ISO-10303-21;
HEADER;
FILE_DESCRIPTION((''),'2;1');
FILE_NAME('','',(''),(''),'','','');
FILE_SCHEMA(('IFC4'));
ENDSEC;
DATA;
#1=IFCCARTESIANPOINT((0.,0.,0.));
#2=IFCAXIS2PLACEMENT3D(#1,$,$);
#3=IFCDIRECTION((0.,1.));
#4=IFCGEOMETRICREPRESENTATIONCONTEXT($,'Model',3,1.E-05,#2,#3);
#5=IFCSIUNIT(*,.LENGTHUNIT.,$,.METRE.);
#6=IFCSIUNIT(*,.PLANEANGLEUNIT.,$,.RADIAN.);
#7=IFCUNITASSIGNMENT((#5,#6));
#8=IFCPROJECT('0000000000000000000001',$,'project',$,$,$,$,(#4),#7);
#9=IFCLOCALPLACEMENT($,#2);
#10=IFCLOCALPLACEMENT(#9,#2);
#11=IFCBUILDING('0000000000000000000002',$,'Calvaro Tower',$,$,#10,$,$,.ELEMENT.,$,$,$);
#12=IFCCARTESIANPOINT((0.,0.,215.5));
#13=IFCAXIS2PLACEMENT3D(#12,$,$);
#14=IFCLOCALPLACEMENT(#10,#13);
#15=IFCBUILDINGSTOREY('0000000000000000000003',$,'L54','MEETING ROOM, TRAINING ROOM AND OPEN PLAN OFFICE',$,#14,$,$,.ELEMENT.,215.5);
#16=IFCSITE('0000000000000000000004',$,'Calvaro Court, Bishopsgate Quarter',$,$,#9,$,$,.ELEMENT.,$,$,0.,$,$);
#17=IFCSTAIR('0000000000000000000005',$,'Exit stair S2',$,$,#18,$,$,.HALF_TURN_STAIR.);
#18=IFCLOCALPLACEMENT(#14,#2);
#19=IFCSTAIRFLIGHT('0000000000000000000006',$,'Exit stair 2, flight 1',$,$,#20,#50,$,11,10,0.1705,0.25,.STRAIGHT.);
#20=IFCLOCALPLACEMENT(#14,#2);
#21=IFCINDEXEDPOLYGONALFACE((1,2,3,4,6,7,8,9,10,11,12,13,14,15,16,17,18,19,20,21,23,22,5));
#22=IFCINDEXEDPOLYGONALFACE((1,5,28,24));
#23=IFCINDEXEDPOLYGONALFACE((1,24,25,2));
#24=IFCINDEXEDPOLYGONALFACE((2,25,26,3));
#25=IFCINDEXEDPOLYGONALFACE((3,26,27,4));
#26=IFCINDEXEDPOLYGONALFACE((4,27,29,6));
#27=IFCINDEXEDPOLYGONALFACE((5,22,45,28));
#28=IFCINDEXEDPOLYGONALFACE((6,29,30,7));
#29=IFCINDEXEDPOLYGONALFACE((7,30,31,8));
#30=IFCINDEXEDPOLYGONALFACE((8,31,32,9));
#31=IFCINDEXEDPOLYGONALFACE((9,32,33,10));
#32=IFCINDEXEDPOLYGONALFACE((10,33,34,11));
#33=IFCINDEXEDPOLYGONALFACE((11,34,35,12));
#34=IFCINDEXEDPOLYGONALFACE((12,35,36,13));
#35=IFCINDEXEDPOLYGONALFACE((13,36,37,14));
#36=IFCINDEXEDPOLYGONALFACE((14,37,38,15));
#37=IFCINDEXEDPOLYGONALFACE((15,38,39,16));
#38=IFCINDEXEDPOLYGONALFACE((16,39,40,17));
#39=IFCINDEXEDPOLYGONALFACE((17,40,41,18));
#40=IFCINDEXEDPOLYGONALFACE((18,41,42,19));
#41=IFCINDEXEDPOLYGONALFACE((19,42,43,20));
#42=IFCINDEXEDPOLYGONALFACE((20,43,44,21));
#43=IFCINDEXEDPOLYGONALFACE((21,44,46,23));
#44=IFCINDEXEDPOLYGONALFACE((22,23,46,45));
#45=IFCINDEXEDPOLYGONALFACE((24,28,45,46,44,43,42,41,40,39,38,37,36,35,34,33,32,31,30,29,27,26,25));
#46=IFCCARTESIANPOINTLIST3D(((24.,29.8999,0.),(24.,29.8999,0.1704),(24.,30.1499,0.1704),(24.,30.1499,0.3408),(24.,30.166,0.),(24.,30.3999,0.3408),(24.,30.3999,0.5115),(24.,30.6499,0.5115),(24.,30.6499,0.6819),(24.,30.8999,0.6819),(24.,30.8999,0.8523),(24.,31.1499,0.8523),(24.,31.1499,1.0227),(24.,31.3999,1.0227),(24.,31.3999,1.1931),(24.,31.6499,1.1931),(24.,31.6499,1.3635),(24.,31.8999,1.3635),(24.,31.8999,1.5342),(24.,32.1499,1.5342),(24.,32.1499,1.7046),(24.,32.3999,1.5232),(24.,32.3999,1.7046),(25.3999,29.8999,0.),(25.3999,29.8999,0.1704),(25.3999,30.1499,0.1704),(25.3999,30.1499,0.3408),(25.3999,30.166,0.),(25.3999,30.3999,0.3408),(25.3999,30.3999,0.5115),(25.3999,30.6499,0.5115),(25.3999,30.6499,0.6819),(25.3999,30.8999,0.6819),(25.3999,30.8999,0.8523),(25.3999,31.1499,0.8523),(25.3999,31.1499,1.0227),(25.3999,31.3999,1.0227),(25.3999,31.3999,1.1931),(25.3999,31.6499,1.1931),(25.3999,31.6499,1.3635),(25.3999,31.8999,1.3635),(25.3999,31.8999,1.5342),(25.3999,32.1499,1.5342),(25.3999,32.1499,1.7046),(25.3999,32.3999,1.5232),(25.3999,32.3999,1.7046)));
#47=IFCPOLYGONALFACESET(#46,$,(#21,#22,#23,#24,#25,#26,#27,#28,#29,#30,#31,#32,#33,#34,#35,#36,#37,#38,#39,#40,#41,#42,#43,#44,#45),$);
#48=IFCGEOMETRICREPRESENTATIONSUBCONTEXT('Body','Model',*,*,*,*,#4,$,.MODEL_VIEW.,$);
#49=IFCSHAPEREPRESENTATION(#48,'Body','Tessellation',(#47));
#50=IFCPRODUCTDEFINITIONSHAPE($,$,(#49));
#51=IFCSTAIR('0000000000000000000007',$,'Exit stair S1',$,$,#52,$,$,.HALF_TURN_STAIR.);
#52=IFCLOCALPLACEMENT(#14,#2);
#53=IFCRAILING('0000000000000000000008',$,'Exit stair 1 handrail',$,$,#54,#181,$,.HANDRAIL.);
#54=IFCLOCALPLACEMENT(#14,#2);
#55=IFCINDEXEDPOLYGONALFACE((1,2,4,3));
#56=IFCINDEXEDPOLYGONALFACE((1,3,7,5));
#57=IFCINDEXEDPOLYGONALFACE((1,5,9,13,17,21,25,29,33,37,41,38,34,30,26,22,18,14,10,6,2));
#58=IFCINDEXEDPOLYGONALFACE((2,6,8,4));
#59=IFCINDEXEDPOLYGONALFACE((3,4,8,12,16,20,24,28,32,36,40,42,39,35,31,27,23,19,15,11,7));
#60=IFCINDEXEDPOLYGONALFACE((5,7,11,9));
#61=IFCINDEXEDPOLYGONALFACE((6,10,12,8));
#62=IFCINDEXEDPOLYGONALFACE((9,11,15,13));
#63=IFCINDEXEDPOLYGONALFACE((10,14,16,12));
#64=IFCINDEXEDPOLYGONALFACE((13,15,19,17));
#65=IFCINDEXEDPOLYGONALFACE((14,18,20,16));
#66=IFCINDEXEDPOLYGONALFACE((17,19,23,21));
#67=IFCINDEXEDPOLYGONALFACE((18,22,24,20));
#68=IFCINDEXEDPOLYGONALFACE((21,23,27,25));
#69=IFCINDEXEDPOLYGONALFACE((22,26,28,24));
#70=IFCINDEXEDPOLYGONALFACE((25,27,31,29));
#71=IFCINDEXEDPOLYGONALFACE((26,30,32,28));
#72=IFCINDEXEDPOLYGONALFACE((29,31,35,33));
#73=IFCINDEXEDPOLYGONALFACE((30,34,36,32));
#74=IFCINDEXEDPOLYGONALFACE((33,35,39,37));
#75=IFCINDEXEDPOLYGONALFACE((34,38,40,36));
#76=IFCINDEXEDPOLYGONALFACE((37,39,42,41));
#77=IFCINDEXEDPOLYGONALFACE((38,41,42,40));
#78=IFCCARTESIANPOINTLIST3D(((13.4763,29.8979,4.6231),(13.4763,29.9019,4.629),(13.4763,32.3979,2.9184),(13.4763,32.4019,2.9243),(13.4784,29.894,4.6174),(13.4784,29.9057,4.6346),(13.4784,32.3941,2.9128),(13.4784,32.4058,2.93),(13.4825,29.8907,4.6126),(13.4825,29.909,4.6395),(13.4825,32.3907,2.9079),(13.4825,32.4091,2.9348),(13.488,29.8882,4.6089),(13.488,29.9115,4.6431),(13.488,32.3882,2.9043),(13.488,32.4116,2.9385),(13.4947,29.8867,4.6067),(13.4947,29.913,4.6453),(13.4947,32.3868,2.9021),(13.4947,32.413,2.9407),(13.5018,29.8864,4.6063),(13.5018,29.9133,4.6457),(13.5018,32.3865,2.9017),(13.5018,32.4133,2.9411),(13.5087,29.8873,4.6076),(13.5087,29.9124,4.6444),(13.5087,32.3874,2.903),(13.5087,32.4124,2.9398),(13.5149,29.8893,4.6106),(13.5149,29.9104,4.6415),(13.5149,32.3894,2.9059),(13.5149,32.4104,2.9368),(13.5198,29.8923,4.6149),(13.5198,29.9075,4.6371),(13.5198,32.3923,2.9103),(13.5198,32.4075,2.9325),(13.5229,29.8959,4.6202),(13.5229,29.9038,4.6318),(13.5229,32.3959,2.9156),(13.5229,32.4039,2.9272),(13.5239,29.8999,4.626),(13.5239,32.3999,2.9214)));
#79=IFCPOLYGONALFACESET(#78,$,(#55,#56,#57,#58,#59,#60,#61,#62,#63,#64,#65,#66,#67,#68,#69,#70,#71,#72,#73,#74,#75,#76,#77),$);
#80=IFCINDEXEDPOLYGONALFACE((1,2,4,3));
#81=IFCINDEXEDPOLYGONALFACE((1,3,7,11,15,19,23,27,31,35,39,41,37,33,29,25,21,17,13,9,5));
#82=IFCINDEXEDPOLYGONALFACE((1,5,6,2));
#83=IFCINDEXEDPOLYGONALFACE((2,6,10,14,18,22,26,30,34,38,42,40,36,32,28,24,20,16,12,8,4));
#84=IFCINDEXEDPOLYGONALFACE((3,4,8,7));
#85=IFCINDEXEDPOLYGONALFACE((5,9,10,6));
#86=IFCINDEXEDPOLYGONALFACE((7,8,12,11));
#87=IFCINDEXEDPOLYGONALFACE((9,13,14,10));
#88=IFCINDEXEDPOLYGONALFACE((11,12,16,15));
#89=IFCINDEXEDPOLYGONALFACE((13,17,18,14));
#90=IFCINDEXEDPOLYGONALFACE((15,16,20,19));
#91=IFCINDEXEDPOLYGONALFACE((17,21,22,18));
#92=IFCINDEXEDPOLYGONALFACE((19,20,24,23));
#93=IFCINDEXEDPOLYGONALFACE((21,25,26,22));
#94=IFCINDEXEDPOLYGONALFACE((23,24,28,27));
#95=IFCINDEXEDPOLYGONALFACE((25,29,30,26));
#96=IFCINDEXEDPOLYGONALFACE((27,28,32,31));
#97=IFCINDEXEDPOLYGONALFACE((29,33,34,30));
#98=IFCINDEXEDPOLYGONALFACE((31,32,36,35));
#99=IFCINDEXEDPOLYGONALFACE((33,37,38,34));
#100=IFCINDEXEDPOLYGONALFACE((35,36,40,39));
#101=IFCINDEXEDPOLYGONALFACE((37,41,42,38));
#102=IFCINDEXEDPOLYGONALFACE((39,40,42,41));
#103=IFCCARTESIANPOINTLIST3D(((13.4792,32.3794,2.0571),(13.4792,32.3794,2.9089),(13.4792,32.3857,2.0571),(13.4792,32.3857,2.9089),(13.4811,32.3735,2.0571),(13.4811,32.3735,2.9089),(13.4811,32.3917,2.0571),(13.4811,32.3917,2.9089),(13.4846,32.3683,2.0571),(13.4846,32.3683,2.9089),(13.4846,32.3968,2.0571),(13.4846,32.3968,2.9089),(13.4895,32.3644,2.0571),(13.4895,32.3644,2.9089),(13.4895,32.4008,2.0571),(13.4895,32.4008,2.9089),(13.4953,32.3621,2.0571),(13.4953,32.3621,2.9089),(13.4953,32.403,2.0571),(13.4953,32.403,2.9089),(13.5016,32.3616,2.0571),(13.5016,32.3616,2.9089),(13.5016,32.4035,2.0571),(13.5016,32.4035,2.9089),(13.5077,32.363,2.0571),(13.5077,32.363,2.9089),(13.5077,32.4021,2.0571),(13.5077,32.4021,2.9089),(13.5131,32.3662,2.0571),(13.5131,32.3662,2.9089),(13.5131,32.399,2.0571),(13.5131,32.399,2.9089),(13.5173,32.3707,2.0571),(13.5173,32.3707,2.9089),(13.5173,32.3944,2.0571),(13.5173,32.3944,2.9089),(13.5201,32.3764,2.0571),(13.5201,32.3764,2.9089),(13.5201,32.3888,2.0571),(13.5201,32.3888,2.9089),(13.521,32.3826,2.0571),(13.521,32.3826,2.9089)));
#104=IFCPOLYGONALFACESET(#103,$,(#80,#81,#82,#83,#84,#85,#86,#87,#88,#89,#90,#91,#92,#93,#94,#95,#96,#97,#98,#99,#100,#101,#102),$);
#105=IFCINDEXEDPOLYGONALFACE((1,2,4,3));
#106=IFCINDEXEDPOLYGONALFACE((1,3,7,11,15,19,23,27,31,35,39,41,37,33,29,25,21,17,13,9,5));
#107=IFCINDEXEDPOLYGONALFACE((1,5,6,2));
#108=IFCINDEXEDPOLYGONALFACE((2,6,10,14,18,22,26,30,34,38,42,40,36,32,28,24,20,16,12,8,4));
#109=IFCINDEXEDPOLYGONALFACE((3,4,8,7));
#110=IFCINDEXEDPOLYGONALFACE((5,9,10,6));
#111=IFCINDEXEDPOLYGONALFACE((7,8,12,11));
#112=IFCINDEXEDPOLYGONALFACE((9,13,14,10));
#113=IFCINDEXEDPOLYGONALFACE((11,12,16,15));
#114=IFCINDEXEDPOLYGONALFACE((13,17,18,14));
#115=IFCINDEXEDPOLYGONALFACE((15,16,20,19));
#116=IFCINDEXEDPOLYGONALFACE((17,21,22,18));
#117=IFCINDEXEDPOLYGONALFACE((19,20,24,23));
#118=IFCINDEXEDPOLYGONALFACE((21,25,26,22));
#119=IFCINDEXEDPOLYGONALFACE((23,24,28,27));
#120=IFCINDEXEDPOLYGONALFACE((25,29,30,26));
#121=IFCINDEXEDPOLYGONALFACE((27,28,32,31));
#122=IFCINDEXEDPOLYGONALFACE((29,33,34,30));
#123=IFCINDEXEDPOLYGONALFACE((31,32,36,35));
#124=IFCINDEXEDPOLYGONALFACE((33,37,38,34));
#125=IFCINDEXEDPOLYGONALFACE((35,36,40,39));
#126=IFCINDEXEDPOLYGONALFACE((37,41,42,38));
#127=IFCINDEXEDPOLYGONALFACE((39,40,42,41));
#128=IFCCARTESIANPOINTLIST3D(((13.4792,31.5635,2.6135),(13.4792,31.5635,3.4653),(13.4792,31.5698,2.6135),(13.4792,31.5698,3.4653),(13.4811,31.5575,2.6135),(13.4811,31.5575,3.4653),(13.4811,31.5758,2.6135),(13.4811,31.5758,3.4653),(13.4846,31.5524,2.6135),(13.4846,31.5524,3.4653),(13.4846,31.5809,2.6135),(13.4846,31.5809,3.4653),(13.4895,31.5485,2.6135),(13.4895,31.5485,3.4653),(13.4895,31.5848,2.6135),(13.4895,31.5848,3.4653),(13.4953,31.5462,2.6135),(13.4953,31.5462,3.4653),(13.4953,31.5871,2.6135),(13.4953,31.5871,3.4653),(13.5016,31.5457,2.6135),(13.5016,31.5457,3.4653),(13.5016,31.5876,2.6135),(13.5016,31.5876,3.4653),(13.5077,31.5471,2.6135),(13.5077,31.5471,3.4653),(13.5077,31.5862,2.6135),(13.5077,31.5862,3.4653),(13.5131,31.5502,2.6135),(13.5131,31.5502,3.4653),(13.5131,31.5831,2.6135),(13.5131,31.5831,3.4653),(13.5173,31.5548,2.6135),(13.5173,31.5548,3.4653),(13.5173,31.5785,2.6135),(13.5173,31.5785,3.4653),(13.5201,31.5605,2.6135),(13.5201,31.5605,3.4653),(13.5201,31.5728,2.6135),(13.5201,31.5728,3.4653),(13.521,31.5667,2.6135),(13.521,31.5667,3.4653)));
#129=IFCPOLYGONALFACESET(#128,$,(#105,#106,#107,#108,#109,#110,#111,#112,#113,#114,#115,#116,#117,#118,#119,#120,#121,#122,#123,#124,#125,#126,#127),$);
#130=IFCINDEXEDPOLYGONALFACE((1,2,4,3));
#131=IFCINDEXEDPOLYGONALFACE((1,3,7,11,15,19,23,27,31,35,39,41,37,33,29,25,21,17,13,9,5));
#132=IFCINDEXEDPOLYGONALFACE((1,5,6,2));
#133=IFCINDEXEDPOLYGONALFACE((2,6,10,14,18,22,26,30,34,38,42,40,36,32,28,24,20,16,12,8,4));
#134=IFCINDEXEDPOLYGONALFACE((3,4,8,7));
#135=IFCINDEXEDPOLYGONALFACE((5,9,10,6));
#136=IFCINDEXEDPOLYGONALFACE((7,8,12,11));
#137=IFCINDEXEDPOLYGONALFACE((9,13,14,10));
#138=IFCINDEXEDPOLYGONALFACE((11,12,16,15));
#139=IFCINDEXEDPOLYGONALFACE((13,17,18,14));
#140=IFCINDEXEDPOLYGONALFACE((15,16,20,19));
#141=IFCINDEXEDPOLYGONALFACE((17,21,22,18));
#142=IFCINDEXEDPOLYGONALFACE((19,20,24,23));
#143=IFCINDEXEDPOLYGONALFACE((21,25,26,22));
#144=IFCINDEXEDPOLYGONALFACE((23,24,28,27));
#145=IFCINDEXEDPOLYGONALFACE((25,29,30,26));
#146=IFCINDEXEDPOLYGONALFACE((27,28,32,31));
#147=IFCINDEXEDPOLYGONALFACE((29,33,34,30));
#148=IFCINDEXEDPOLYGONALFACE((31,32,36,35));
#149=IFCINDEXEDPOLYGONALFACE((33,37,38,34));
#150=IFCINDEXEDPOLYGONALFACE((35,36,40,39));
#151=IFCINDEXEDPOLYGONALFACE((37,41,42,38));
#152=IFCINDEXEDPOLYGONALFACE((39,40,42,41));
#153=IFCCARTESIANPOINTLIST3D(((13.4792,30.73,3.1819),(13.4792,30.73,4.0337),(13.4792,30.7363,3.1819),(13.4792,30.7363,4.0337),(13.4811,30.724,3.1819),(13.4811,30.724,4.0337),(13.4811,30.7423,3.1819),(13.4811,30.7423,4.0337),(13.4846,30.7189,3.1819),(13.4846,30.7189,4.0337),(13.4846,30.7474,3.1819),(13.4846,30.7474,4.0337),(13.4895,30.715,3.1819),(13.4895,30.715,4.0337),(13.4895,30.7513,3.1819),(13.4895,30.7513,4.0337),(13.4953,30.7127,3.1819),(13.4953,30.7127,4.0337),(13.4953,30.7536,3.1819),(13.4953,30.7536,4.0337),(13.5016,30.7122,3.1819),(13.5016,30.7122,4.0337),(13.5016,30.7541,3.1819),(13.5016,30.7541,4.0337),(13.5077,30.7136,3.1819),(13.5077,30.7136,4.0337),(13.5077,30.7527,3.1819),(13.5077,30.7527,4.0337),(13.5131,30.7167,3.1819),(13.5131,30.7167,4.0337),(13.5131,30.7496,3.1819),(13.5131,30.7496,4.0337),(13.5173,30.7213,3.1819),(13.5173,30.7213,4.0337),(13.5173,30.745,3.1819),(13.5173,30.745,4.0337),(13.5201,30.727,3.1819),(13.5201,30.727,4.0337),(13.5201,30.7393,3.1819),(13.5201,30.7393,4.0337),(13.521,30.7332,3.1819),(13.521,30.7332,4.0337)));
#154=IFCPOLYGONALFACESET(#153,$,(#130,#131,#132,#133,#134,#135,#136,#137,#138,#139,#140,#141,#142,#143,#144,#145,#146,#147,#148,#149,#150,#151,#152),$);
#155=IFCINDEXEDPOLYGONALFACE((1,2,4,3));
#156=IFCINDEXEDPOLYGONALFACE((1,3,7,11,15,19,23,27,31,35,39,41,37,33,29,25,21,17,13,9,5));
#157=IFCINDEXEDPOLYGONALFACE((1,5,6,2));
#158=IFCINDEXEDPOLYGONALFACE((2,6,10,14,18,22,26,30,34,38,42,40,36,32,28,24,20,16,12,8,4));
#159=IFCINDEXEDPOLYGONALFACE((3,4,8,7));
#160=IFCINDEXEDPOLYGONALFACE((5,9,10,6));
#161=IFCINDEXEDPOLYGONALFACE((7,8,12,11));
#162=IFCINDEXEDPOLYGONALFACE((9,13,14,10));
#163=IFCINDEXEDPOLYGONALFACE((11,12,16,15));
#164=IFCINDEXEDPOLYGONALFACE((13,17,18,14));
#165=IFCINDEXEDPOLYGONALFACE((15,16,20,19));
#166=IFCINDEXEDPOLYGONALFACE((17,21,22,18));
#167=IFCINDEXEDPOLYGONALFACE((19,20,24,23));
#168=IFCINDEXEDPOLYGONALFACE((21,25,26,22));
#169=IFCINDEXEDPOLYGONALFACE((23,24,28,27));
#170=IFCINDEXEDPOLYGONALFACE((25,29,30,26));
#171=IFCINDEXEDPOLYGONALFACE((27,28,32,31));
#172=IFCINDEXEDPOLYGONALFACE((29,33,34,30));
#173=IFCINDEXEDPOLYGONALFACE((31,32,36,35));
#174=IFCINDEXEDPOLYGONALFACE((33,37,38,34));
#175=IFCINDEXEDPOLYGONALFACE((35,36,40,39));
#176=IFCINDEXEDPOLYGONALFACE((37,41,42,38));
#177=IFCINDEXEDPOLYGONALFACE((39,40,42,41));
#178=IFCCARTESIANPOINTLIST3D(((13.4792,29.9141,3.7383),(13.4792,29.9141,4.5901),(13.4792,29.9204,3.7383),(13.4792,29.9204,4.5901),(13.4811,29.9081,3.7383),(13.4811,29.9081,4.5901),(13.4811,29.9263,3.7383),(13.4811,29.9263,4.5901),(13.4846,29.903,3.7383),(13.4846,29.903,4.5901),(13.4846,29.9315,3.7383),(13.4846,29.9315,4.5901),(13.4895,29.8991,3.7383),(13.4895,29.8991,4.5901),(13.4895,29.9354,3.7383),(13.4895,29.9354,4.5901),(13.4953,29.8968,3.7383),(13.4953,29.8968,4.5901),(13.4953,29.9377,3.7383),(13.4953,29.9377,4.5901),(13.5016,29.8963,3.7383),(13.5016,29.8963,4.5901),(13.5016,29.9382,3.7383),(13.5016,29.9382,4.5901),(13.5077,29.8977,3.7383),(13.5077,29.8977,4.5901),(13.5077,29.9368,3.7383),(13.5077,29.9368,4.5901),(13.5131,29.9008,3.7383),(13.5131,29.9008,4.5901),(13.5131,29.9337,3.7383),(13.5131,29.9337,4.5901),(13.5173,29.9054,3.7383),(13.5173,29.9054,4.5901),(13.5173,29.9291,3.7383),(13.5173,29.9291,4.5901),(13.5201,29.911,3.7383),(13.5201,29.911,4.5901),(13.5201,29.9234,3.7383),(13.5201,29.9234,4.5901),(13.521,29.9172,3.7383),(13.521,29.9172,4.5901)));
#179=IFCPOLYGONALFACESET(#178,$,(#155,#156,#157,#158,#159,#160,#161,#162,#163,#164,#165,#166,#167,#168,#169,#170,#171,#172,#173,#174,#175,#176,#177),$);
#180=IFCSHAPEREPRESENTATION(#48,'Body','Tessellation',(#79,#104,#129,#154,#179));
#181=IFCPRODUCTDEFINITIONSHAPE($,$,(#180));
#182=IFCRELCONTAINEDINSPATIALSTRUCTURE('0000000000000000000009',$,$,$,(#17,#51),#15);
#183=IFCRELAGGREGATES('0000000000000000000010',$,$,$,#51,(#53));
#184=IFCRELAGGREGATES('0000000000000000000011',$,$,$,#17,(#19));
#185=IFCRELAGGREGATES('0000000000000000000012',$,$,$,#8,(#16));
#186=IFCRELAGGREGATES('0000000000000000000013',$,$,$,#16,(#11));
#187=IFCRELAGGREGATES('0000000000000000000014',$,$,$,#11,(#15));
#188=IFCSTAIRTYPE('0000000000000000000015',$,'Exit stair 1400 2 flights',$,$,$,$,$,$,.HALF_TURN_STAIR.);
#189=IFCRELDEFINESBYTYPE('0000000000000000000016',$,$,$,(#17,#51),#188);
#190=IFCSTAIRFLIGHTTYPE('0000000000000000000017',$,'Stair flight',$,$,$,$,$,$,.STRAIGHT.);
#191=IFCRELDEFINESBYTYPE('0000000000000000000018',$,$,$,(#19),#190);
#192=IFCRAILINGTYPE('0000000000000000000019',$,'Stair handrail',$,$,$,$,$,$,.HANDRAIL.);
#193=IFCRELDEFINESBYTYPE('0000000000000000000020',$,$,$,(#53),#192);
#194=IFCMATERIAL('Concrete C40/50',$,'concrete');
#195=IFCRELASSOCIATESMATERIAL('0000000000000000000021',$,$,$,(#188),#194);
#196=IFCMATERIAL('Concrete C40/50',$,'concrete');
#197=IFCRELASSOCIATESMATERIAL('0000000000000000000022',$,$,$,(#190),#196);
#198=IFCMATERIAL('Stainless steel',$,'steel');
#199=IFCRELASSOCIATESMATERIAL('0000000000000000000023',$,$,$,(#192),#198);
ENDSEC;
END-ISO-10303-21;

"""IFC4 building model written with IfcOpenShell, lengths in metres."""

from ifc_helpers import new_model, si_unit, direction, frame, origin, origin_2d, place, context, subcontext, project, spatial, polyline, circle, outline, extrude, material, type_object, element, aggregate, save


model = new_model("IFC4")

# Units and contexts
model_context = context("Model", 3, precision=1e-05, world=origin(), true_north=direction((0.0, 1.0)))
body_context = subcontext(model_context, "Body", "Model", "MODEL_VIEW")
ifc_project = project(units=[si_unit("LENGTHUNIT", "METRE"), si_unit("PLANEANGLEUNIT", "RADIAN")], contexts=[model_context])

# Site, building, storey
site_placement = place(None, origin())
site = spatial("IfcSite", under=ifc_project, at=site_placement, Name="Calvaro Court, Bishopsgate Quarter", CompositionType="ELEMENT", RefElevation=0.0)
building_placement = place(site_placement, origin())
building = spatial("IfcBuilding", under=site, at=building_placement, Name="Calvaro Tower", CompositionType="ELEMENT")
storey_placement = place(building_placement, frame((0.0, 0.0, 215.5)))
storey = spatial("IfcBuildingStorey", under=building, at=storey_placement, Name="L54", Description="MEETING ROOM, TRAINING ROOM AND OPEN PLAN OFFICE", CompositionType="ELEMENT", Elevation=215.5)

# Stair, stair flight
ifc_material_1 = material(Name="Concrete C40/50", Category="concrete")
stair_type = type_object("IfcStairType", Name="Exit stair 1400 2 flights", PredefinedType="HALF_TURN_STAIR", material=ifc_material_1)
stair_1_placement = place(storey_placement, origin())
stair_1 = element("IfcStair", 1, at=stair_1_placement, inside=storey, type_object=stair_type, Name="Exit stair S2", PredefinedType="HALF_TURN_STAIR")
ifc_material_2 = material(Name="Concrete C40/50", Category="concrete")
stair_flight_type = type_object("IfcStairFlightType", Name="Stair flight", PredefinedType="STRAIGHT", material=ifc_material_2)
stair_flight_placement = place(storey_placement, frame((24.7, 29.8999, 0.0), z_axis=(0.0, 0.0, 1.0), x_axis=(0.0, 1.0, 0.0)))
stair_flight = element("IfcStairFlight", 2, at=stair_flight_placement, type_object=stair_flight_type, Name="Exit stair 2, flight 1", NumberOfRisers=11, NumberOfTreads=10, PredefinedType="STRAIGHT", RiserHeight=0.1705, TreadLength=0.25, context=body_context, shape_type="SweptSolid", body=[
    extrude(outline(polyline([(0.0, 0.0), (0.0, 0.1704), (0.25, 0.1704), (0.25, 0.3408), (0.5, 0.3408), (0.5, 0.5115), (0.75, 0.5115), (0.75, 0.6819), (1.0, 0.6819), (1.0, 0.8523), (1.25, 0.8523), (1.25, 1.0227), (1.5, 1.0227), (1.5, 1.1931), (1.75, 1.1931), (1.75, 1.3635), (2.0, 1.3635), (2.0, 1.5342), (2.25, 1.5342), (2.25, 1.7046), (2.5, 1.7046), (2.5, 1.875), (2.5, 1.5232), (0.2661, 0.0), (0.0, 0.0)])), frame((0.0, 0.7, 0.0), z_axis=(0.0, -1.0, 0.0), x_axis=(1.0, 0.0, 0.0)), (0.0, 0.0, 1.0), 1.3999),
])

# Stair, railing
stair_2_placement = place(storey_placement, origin())
stair_2 = element("IfcStair", 3, at=stair_2_placement, inside=storey, type_object=stair_type, Name="Exit stair S1", PredefinedType="HALF_TURN_STAIR")
ifc_material_3 = material(Name="Stainless steel", Category="steel")
railing_type = type_object("IfcRailingType", Name="Stair handrail", PredefinedType="HANDRAIL", material=ifc_material_3)
railing_1_placement = place(storey_placement, frame((13.5, 32.3999, 2.0454)))
railing_1 = element("IfcRailing", 4, at=railing_1_placement, type_object=railing_type, Name="Exit stair 1 handrail", PredefinedType="HANDRAIL", context=body_context, shape_type="SweptSolid", body=[
    extrude(circle(Radius=0.0239, at=origin_2d()), frame((0.0, 0.0, 0.876), z_axis=(0.0, -0.826221, 0.563347), x_axis=(1.0, 0.0, 0.0)), (0.0, 0.0, 1.0), 3.0259),
    extrude(circle(Radius=0.021, at=origin_2d()), frame((0.0, -0.0173, 0.0117)), (0.0, 0.0, 1.0), 0.8518),
    extrude(circle(Radius=0.021, at=origin_2d()), frame((0.0, -0.8333, 0.5681)), (0.0, 0.0, 1.0), 0.8518),
    extrude(circle(Radius=0.021, at=origin_2d()), frame((0.0, -1.6667, 1.1365)), (0.0, 0.0, 1.0), 0.8518),
    extrude(circle(Radius=0.021, at=origin_2d()), frame((0.0, -2.4827, 1.6929)), (0.0, 0.0, 1.0), 0.8518),
])
aggregate(stair_2, [railing_1])

aggregate(stair_1, [stair_flight])

save(model, "model.ifc")
